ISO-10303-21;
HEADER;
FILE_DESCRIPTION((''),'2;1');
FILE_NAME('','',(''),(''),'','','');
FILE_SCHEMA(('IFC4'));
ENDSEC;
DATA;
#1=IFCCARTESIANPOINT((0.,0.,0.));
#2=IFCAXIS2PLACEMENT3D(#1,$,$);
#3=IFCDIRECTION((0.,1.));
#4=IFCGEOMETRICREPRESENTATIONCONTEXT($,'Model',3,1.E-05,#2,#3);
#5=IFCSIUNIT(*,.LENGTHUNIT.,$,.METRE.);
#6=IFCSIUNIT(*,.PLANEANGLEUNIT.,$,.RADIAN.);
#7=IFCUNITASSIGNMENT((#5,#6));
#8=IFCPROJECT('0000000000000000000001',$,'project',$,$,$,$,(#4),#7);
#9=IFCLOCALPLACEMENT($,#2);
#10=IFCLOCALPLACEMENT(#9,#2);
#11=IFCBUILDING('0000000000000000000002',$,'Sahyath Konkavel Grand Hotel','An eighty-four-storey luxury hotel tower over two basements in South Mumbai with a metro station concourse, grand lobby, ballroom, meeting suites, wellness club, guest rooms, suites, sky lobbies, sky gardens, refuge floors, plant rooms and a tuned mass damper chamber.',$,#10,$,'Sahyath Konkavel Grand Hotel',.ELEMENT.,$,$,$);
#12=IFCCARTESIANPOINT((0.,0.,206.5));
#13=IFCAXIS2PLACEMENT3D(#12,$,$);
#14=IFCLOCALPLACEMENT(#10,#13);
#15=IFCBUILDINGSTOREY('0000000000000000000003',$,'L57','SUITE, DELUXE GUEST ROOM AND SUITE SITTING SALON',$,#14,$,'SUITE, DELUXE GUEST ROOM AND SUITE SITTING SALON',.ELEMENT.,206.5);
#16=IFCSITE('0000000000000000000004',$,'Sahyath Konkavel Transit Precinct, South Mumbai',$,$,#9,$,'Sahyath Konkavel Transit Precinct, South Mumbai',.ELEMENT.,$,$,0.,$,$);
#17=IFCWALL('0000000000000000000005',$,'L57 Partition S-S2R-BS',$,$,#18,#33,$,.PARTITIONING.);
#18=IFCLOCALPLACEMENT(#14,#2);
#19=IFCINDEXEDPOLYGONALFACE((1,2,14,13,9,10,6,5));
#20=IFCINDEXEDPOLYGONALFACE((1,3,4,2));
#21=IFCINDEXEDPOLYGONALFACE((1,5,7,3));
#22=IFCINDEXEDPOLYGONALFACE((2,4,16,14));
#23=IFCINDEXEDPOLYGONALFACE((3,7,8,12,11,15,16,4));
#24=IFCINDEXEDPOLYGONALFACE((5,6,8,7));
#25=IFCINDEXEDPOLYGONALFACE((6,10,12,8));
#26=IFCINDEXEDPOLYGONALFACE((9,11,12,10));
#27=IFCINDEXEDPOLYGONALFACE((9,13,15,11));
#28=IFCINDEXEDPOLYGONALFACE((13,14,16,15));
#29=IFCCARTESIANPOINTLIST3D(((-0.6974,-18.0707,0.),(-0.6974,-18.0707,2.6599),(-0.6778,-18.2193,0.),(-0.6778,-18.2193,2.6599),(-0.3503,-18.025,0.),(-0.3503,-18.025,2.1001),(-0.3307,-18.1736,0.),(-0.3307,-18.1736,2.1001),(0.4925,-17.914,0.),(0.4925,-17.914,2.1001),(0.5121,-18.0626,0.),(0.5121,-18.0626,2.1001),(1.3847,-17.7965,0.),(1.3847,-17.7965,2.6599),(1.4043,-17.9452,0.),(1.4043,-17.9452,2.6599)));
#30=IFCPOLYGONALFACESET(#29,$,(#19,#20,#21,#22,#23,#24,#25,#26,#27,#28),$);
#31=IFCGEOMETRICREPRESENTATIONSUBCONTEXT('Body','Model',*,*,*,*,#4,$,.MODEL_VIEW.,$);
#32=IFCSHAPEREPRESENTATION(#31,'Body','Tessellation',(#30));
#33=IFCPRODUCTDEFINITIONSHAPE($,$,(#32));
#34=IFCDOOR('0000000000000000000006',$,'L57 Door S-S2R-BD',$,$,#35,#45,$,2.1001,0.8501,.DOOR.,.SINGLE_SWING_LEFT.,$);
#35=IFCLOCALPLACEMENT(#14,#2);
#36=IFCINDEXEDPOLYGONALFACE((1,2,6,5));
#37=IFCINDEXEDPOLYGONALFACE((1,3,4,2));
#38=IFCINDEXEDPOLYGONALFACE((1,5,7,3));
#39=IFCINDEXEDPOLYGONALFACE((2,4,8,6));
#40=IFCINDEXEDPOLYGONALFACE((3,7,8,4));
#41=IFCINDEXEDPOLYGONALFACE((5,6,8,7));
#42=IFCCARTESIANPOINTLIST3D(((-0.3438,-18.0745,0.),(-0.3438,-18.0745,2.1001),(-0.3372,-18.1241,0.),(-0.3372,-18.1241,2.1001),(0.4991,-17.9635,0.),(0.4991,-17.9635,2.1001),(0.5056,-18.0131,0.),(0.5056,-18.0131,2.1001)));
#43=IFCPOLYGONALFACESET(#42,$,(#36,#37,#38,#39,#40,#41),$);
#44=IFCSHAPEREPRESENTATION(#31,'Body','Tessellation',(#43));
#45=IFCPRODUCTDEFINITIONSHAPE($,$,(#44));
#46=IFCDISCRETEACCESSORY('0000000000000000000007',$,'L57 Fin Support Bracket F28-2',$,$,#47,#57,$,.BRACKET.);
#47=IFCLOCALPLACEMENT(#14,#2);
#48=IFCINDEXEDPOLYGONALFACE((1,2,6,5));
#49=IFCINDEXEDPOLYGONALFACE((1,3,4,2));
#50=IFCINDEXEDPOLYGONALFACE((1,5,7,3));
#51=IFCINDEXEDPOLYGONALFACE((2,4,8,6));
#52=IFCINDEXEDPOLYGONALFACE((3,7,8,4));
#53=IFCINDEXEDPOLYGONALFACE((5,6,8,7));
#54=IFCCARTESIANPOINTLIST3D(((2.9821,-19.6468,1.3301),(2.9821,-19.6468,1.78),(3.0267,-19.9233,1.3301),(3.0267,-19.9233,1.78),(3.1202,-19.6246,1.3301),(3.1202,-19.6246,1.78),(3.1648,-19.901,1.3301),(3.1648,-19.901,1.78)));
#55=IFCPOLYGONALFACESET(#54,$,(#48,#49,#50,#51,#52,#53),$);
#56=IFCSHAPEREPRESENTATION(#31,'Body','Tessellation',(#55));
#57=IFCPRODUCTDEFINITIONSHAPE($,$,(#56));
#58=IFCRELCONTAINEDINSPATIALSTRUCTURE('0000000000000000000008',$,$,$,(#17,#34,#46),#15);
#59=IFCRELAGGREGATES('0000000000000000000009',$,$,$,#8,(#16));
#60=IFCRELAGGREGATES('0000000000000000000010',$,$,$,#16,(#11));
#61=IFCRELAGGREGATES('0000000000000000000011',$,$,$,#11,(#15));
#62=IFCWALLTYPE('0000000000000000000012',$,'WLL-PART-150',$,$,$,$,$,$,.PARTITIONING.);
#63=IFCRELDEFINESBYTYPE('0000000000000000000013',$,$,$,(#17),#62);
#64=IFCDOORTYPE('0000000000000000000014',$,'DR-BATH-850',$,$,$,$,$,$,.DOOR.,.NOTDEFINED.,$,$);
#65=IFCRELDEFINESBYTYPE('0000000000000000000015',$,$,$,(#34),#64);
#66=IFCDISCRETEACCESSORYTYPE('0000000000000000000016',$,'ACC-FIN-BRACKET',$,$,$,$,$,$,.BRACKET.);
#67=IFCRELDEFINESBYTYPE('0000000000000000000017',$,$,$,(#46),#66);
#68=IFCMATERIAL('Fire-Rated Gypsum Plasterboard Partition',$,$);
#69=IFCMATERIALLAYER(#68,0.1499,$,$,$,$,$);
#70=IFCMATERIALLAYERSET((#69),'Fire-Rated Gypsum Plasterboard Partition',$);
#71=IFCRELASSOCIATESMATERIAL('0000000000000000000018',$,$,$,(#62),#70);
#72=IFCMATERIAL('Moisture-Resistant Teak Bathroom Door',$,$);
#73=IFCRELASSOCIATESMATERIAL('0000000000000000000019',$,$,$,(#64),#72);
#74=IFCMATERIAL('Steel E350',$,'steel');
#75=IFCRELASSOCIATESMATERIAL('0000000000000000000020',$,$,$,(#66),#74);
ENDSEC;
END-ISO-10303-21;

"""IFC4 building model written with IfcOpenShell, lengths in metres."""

from ifc_helpers import new_model, si_unit, direction, frame, frame_2d, origin, origin_2d, place, context, subcontext, project, spatial, rectangle, extrude, source, transform, mapped, material, layer, layer_set, type_object, element, fill, save


model = new_model("IFC4")

# Units and contexts
model_context = context("Model", 3, precision=1e-05, world=origin(), true_north=direction((0.0, 1.0)))
body_context = subcontext(model_context, "Body", "Model", "MODEL_VIEW")
ifc_project = project(units=[si_unit("LENGTHUNIT", "METRE"), si_unit("PLANEANGLEUNIT", "RADIAN")], contexts=[model_context])

# Site, building, storey
site_placement = place(None, origin())
site = spatial("IfcSite", under=ifc_project, at=site_placement, Name="Sahyath Konkavel Transit Precinct, South Mumbai", LongName="Sahyath Konkavel Transit Precinct, South Mumbai", CompositionType="ELEMENT", RefElevation=0.0)
building_placement = place(site_placement, origin())
building = spatial("IfcBuilding", under=site, at=building_placement, Name="Sahyath Konkavel Grand Hotel", Description="An eighty-four-storey luxury hotel tower over two basements in South Mumbai with a metro station concourse, grand lobby, ballroom, meeting suites, wellness club, guest rooms, suites, sky lobbies, sky gardens, refuge floors, plant rooms and a tuned mass damper chamber.", LongName="Sahyath Konkavel Grand Hotel", CompositionType="ELEMENT")
storey_placement = place(building_placement, frame((0.0, 0.0, 206.5)))
storey = spatial("IfcBuildingStorey", under=building, at=storey_placement, Name="L57", Description="SUITE, DELUXE GUEST ROOM AND SUITE SITTING SALON", LongName="SUITE, DELUXE GUEST ROOM AND SUITE SITTING SALON", CompositionType="ELEMENT", Elevation=206.5)

# Shared definitions
ifc_material_1 = material(Name="Steel E350", Category="steel")

# Shared definitions
ifc_material_2 = material(Name="Fire-Rated Gypsum Plasterboard Partition")
ifc_layer_1 = layer(ifc_material_2, 0.1499)
ifc_layer_set_1 = layer_set([ifc_layer_1], Name="Fire-Rated Gypsum Plasterboard Partition")
wall_type_1 = type_object("IfcWallType", Name="WLL-PART-150", PredefinedType="PARTITIONING", material=ifc_layer_set_1)
shared_shape_1 = source(origin(), body_context, "Body", "SweptSolid", [
    extrude(rectangle(XDim=0.8501, YDim=0.05, at=origin_2d()), origin(), (0.0, 0.0, 1.0), 2.1001),
])

# Wall, opening, door
ifc_material_3 = material(Name="Moisture-Resistant Teak Bathroom Door")
door_type_1 = type_object("IfcDoorType", Name="DR-BATH-850", OperationType="NOTDEFINED", PredefinedType="DOOR", material=ifc_material_3)
wall_1_placement = place(storey_placement, frame((1.3945, -17.8708, 0.0), z_axis=(0.0, 0.0, 1.0), x_axis=(-0.991441, -0.130557, 0.0)))
wall_1 = element("IfcWall", 1, at=wall_1_placement, inside=storey, type_object=wall_type_1, Name="L57 Partition S-S2R-BS", PredefinedType="PARTITIONING", context=body_context, shape_type="SweptSolid", body=[
    extrude(rectangle(XDim=2.1001, YDim=0.1499, at=frame_2d((1.05, 0.0))), origin(), (0.0, 0.0, 1.0), 2.6599),
])
opening_1_placement = place(wall_1_placement, frame((0.8999, 0.0, 0.0)))
opening_1 = element("IfcOpeningElement", 2, at=opening_1_placement, cuts=wall_1, PredefinedType="OPENING", context=body_context, shape_type="SweptSolid", body=[
    extrude(rectangle(XDim=0.8501, YDim=2.1001, at=frame_2d((0.425, 1.05))), frame((0.0, 0.085, 0.0), z_axis=(0.0, -1.0, 0.0), x_axis=(1.0, 0.0, 0.0)), (0.0, 0.0, 1.0), 0.1699),
])
door_1_placement = place(opening_1_placement, frame((0.425, 0.0, 0.0)))
door_1 = element("IfcDoor", 3, at=door_1_placement, inside=storey, type_object=door_type_1, Name="L57 Door S-S2R-BD", OperationType="SINGLE_SWING_LEFT", OverallHeight=2.1001, OverallWidth=0.8501, PredefinedType="DOOR", context=body_context, shape_type="MappedRepresentation", body=[
    mapped(shared_shape_1, transform((0.0, 0.0, 0.0), scale=1.0)),
])
fill(opening_1, door_1)

# Discrete accessory
discrete_accessory_type = type_object("IfcDiscreteAccessoryType", Name="ACC-FIN-BRACKET", PredefinedType="BRACKET", material=ifc_material_1)
shared_shape_2 = source(origin(), body_context, "Body", "SweptSolid", [
    extrude(rectangle(XDim=0.28, YDim=0.1399, at=origin_2d()), origin(), (0.0, 0.0, 1.0), 0.45),
])
discrete_accessory_placement = place(storey_placement, frame((3.0735, -19.7739, 1.3301), z_axis=(0.0, 0.0, 1.0), x_axis=(0.159295, -0.987231, 0.0)))
element("IfcDiscreteAccessory", 4, at=discrete_accessory_placement, inside=storey, type_object=discrete_accessory_type, Name="L57 Fin Support Bracket F28-2", PredefinedType="BRACKET", context=body_context, shape_type="MappedRepresentation", body=[
    mapped(shared_shape_2, transform((0.0, 0.0, 0.0), scale=1.0)),
])

save(model, "model.ifc")
